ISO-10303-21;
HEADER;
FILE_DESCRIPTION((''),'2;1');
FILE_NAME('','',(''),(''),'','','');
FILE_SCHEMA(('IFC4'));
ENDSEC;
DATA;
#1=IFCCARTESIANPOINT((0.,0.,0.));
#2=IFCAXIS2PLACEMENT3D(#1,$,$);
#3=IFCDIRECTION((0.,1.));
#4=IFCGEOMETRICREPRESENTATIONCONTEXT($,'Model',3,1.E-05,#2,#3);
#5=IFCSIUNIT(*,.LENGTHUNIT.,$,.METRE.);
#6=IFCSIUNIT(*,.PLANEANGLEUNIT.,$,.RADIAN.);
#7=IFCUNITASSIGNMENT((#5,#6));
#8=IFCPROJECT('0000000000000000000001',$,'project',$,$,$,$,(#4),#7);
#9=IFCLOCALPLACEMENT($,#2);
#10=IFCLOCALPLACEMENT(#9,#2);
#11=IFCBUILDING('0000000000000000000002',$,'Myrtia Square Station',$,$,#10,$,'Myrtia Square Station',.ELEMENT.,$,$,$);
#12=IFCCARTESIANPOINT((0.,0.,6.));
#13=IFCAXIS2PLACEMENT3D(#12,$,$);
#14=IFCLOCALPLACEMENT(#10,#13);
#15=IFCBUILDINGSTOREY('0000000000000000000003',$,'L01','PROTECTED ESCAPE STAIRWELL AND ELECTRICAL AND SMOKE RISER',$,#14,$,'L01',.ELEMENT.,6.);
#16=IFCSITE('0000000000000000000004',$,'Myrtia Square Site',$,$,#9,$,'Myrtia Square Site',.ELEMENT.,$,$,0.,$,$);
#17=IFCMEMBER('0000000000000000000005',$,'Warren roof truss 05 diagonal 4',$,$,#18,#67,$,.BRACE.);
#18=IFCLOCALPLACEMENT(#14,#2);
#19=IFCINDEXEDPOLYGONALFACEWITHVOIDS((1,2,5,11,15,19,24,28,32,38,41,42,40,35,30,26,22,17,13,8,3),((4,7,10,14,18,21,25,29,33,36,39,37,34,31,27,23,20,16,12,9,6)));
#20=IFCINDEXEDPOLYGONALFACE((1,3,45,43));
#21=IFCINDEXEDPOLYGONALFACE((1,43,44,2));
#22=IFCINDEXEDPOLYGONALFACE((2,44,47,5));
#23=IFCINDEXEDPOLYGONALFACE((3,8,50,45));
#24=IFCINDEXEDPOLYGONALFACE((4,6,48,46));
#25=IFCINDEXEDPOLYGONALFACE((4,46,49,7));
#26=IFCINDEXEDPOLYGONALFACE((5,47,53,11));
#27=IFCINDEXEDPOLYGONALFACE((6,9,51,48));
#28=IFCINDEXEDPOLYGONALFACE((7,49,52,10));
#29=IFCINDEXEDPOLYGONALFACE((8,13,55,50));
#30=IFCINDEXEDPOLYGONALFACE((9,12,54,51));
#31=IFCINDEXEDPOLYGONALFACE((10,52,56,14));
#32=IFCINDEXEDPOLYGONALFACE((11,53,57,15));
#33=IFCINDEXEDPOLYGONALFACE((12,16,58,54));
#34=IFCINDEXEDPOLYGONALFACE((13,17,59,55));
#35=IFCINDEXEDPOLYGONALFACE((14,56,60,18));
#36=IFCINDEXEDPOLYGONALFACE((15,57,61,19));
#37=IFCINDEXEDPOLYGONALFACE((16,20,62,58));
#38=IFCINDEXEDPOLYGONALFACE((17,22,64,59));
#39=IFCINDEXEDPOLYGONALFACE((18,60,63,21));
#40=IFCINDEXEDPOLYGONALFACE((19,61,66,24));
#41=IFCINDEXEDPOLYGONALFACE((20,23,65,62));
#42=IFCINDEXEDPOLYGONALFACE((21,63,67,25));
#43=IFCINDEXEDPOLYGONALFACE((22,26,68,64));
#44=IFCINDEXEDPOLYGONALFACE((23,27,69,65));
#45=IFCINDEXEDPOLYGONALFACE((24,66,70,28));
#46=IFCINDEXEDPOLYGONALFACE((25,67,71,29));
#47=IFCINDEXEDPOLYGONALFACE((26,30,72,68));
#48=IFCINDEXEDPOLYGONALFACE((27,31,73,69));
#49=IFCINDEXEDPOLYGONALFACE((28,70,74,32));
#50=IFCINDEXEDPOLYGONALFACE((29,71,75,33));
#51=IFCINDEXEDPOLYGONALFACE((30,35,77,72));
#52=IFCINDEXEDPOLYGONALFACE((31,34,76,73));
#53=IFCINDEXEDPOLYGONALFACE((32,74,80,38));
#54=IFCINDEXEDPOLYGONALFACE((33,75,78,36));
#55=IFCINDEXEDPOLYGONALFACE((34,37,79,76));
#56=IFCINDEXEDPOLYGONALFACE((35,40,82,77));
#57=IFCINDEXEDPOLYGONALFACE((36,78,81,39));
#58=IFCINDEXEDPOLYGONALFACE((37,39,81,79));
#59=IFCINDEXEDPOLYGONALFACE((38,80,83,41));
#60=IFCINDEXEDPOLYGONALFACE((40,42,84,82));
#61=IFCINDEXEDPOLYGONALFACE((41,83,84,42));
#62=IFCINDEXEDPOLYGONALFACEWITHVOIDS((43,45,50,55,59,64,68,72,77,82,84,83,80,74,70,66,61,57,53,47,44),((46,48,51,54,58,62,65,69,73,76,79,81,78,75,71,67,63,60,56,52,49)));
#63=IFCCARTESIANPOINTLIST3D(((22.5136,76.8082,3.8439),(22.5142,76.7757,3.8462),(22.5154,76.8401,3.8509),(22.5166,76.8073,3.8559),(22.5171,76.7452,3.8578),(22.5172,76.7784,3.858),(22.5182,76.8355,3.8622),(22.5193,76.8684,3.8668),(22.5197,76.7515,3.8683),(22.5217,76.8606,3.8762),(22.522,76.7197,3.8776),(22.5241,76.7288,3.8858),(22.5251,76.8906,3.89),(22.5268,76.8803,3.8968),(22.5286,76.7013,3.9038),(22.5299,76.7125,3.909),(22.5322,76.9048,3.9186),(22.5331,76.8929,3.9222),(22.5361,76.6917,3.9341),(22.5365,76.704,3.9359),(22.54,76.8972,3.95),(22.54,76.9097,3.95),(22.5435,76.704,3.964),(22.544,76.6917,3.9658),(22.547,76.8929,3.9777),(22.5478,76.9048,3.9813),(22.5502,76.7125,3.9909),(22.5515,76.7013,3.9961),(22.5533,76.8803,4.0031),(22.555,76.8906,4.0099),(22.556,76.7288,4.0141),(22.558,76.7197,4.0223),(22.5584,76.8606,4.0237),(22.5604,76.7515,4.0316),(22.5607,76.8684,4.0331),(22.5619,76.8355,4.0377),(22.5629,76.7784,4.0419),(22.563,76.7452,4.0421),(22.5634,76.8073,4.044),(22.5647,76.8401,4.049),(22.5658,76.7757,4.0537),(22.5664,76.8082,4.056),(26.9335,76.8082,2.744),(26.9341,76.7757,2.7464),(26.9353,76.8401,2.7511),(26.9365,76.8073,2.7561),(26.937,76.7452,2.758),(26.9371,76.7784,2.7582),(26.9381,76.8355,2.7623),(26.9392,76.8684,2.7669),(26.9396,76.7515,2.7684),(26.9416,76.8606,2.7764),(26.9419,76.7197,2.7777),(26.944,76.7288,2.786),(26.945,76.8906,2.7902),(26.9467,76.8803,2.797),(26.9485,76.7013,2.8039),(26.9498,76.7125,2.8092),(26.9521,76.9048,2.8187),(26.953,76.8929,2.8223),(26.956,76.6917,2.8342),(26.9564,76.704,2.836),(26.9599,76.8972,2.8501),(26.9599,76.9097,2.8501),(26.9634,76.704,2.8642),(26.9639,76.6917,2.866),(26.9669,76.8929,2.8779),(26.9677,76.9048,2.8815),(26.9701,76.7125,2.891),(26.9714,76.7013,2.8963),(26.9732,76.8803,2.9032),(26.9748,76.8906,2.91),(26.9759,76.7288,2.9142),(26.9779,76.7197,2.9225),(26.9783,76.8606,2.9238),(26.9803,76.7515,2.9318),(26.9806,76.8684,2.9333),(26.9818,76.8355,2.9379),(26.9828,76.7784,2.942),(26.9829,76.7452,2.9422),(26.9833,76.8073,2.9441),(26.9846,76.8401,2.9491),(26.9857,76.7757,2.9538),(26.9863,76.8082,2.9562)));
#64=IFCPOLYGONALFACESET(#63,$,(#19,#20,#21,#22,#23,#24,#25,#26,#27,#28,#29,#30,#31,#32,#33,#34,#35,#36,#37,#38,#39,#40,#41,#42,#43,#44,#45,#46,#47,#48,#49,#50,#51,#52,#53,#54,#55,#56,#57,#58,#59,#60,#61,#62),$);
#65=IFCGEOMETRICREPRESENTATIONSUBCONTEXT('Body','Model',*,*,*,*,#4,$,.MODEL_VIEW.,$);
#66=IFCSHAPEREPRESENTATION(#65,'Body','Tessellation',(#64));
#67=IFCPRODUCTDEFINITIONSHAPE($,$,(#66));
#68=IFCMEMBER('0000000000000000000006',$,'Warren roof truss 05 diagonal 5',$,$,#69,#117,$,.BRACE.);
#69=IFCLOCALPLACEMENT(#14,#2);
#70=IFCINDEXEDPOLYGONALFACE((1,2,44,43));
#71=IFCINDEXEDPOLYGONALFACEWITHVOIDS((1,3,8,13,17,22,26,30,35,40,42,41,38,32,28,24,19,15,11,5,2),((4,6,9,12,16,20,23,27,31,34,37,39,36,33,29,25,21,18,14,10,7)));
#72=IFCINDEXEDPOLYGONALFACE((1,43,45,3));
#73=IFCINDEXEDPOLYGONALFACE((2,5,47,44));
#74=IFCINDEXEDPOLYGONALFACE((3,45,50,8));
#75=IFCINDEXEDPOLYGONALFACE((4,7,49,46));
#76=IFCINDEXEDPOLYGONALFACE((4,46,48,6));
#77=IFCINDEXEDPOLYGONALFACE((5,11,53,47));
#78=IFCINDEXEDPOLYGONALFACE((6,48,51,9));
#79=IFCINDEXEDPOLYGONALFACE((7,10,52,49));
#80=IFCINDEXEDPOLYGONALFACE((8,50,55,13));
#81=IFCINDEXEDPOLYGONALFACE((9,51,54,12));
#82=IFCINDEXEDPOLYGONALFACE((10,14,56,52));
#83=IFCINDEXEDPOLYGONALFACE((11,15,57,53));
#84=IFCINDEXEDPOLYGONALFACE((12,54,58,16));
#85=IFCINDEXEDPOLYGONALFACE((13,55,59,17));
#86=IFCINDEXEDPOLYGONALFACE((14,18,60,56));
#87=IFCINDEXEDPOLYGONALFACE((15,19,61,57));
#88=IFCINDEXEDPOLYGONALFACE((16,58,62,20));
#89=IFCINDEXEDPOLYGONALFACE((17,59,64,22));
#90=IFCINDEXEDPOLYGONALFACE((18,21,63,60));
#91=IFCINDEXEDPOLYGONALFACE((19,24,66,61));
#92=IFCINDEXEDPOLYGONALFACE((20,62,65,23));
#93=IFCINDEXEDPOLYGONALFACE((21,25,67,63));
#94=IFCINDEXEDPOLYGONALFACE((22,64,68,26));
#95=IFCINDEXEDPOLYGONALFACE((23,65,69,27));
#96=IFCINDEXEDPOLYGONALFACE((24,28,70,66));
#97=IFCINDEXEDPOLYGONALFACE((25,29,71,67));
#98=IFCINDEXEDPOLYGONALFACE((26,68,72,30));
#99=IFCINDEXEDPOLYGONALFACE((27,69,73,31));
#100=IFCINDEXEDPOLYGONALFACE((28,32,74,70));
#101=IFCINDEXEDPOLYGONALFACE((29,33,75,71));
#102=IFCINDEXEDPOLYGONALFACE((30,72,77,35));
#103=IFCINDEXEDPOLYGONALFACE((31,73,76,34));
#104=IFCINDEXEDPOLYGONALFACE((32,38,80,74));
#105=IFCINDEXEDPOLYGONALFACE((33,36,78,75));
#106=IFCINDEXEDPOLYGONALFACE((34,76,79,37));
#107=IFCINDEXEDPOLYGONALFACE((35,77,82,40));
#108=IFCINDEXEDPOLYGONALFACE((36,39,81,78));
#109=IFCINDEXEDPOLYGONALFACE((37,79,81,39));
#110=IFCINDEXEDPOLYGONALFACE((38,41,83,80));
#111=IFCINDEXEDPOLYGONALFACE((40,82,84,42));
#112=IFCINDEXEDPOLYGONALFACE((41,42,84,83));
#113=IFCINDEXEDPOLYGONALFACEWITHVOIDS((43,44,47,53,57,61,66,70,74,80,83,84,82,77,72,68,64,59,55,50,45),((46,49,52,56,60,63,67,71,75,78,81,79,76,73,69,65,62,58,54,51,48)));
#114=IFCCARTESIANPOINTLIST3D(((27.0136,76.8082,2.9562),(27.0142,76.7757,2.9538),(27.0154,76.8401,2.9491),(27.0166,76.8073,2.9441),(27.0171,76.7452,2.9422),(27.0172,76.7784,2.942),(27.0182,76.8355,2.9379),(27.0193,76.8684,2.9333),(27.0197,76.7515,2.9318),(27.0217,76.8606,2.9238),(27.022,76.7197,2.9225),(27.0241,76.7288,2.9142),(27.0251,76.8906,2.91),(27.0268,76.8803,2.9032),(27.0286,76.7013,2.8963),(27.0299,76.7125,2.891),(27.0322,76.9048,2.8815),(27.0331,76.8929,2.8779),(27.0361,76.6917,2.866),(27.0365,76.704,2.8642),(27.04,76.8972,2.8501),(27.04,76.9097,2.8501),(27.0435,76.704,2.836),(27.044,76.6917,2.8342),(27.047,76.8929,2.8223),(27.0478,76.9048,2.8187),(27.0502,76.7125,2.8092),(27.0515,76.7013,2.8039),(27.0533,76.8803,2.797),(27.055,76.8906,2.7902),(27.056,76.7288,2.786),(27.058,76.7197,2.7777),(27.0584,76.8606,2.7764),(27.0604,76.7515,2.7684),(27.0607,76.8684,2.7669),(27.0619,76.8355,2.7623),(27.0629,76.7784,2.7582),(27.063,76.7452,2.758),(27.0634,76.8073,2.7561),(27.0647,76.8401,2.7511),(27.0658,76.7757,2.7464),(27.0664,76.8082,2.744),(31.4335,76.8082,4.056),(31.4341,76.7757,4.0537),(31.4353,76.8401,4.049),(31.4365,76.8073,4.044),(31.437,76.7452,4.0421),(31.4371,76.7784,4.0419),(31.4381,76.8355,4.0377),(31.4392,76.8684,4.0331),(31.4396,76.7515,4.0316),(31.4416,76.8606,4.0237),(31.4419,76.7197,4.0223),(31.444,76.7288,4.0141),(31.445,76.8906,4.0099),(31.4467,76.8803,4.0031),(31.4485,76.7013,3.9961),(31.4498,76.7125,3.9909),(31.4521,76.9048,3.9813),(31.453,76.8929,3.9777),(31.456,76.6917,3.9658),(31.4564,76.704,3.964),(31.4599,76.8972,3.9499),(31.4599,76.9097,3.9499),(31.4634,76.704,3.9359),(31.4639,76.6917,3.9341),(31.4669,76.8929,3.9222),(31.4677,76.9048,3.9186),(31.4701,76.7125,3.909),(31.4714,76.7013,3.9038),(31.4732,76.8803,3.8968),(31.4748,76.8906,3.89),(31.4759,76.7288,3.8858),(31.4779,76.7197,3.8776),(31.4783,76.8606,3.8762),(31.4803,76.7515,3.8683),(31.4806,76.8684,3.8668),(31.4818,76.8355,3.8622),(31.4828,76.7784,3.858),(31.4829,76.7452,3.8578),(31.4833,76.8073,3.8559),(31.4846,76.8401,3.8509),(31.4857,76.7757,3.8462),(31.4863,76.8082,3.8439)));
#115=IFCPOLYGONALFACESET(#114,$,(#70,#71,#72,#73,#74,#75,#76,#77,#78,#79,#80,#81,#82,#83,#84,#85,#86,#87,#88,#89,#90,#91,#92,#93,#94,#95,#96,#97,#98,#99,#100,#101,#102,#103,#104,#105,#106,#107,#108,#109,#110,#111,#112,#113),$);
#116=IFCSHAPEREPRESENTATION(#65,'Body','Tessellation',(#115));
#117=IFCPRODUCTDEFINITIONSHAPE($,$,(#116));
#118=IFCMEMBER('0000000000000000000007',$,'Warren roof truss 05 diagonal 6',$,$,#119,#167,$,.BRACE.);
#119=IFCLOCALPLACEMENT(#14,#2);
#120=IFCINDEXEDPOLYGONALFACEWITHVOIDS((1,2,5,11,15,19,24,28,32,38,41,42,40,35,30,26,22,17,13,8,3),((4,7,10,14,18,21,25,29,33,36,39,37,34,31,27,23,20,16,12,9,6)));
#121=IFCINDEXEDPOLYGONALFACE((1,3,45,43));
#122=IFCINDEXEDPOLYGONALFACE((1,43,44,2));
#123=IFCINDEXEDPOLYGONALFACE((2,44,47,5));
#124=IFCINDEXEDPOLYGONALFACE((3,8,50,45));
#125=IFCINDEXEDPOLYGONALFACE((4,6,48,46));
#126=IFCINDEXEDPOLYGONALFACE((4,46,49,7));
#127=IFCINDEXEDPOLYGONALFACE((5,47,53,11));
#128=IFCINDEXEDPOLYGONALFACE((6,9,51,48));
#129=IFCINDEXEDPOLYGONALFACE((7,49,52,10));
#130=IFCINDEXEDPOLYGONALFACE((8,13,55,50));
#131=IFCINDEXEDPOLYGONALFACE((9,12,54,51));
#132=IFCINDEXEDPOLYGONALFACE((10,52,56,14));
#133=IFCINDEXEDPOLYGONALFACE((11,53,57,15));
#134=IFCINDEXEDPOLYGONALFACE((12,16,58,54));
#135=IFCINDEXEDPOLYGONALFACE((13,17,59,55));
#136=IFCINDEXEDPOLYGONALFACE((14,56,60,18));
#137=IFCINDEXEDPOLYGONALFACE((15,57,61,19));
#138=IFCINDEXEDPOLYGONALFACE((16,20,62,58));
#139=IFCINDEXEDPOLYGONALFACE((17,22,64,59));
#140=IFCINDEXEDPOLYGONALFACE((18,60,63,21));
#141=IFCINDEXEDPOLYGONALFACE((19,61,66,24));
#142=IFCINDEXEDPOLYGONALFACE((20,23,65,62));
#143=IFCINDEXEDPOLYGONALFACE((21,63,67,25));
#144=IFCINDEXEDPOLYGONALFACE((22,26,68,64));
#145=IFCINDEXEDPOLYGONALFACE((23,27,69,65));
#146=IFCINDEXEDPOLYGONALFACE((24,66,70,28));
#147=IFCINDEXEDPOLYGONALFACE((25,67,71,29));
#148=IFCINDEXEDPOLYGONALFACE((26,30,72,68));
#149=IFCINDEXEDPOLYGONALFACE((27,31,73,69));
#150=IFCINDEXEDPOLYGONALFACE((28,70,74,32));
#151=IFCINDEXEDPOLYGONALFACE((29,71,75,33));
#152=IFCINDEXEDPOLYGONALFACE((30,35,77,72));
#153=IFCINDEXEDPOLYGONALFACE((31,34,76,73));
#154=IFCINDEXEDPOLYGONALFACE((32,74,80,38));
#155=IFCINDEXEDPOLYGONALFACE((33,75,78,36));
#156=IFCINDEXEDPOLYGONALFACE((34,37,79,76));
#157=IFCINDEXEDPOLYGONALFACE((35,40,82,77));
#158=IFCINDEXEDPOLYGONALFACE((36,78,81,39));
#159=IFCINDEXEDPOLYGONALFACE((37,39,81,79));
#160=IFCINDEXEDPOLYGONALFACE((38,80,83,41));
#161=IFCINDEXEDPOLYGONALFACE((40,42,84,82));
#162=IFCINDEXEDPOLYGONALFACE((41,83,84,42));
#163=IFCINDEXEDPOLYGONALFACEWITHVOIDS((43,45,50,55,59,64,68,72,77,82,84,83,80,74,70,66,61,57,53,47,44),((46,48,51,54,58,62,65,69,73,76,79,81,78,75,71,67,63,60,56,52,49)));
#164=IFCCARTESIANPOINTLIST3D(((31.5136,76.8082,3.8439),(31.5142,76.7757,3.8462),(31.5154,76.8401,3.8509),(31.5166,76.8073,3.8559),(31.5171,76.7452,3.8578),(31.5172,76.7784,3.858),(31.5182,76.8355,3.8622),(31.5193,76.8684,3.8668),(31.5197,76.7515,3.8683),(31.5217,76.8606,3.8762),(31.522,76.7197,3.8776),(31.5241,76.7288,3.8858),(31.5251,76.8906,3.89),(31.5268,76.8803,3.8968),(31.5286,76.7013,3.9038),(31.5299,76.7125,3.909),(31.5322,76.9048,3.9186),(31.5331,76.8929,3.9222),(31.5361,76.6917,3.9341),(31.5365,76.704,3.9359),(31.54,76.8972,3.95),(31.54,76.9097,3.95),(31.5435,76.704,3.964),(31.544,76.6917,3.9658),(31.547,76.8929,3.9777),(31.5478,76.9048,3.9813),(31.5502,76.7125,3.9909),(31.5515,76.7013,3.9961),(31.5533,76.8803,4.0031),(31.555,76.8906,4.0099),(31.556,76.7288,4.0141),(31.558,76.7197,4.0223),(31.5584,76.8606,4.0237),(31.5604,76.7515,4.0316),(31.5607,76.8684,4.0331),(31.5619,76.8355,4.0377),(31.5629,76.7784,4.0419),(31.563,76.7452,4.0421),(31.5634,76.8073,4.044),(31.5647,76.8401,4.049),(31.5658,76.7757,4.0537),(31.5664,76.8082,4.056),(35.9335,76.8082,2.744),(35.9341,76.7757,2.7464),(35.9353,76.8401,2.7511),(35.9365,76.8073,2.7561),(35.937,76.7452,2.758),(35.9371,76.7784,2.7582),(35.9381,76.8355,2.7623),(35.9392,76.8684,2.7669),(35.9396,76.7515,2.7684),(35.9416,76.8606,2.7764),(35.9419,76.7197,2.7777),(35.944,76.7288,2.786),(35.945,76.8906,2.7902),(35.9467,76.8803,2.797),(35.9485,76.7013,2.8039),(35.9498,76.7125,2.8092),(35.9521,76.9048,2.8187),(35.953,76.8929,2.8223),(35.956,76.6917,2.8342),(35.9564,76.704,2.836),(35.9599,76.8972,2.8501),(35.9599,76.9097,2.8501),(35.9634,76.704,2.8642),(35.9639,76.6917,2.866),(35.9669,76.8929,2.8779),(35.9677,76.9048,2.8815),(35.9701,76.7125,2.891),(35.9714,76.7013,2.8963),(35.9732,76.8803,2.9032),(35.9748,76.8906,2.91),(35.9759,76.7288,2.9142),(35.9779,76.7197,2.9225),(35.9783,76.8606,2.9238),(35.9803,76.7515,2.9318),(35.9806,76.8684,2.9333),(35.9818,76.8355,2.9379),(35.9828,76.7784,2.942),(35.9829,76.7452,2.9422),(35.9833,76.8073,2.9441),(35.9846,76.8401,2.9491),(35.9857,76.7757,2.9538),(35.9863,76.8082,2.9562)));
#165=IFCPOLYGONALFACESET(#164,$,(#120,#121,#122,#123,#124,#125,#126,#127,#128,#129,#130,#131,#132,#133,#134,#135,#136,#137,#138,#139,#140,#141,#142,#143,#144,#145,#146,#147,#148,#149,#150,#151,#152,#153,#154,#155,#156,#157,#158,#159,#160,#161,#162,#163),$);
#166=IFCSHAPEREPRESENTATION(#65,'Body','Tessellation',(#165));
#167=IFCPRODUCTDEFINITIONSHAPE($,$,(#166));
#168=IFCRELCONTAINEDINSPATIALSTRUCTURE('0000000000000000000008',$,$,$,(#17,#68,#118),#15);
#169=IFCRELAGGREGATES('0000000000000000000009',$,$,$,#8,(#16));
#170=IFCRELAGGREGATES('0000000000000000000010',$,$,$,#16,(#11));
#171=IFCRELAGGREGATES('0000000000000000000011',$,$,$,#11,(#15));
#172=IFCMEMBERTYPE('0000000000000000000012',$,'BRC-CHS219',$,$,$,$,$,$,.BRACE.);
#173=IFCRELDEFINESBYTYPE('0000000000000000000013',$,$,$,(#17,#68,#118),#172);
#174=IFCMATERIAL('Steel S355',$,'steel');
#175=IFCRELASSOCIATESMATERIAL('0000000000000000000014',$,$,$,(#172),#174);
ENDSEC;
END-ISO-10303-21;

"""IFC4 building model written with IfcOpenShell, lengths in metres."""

from ifc_helpers import new_model, si_unit, direction, frame, origin, origin_2d, place, context, subcontext, project, spatial, hollow_circle, extrude, material, material_profile, profile_set, type_object, element, save


model = new_model("IFC4")

# Units and contexts
model_context = context("Model", 3, precision=1e-05, world=origin(), true_north=direction((0.0, 1.0)))
body_context = subcontext(model_context, "Body", "Model", "MODEL_VIEW")
ifc_project = project(units=[si_unit("LENGTHUNIT", "METRE"), si_unit("PLANEANGLEUNIT", "RADIAN")], contexts=[model_context])

# Site, building, storey
site_placement = place(None, origin())
site = spatial("IfcSite", under=ifc_project, at=site_placement, Name="Myrtia Square Site", LongName="Myrtia Square Site", CompositionType="ELEMENT", RefElevation=0.0)
building_placement = place(site_placement, origin())
building = spatial("IfcBuilding", under=site, at=building_placement, Name="Myrtia Square Station", LongName="Myrtia Square Station", CompositionType="ELEMENT")
storey_placement = place(building_placement, frame((0.0, 0.0, 6.0)))
storey = spatial("IfcBuildingStorey", under=building, at=storey_placement, Name="L01", Description="PROTECTED ESCAPE STAIRWELL AND ELECTRICAL AND SMOKE RISER", LongName="L01", CompositionType="ELEMENT", Elevation=6.0)

# Shared definitions
ifc_material_1 = material(Name="Steel S355", Category="steel")

# Members
ifc_material_profile_1 = material_profile(ifc_material_1, hollow_circle(Radius=0.1096, WallThickness=0.0125, at=origin_2d()), Name="CHS 219.1x12.5")
ifc_profile_set_1 = profile_set([ifc_material_profile_1], Name="Steel S355")
member_type_1 = type_object("IfcMemberType", Name="BRC-CHS219", PredefinedType="BRACE", material=ifc_profile_set_1)
for number, where, z_axis, x_axis, name in (
    (1, (22.54, 76.8, 3.95), (0.970407, 0.0, -0.241476), (0.0, 1.0, 0.0), "Warren roof truss 05 diagonal 4"),
    (2, (27.04, 76.8, 2.8501), (0.970407, 0.0, 0.241476), (0.0, 1.0, 0.0), "Warren roof truss 05 diagonal 5"),
    (3, (31.54, 76.8, 3.95), (0.970407, 0.0, -0.241476), (0.0, 1.0, 0.0), "Warren roof truss 05 diagonal 6"),
):
    element("IfcMember", number, at=place(storey_placement, frame(where, z_axis=z_axis, x_axis=x_axis)), inside=storey, type_object=member_type_1, Name=name, PredefinedType="BRACE", context=body_context, shape_type="SweptSolid", body=[
        extrude(hollow_circle(Radius=0.1096, WallThickness=0.0125, at=origin_2d()), origin(), (0.0, 0.0, 1.0), 4.5547),
    ])

save(model, "model.ifc")
